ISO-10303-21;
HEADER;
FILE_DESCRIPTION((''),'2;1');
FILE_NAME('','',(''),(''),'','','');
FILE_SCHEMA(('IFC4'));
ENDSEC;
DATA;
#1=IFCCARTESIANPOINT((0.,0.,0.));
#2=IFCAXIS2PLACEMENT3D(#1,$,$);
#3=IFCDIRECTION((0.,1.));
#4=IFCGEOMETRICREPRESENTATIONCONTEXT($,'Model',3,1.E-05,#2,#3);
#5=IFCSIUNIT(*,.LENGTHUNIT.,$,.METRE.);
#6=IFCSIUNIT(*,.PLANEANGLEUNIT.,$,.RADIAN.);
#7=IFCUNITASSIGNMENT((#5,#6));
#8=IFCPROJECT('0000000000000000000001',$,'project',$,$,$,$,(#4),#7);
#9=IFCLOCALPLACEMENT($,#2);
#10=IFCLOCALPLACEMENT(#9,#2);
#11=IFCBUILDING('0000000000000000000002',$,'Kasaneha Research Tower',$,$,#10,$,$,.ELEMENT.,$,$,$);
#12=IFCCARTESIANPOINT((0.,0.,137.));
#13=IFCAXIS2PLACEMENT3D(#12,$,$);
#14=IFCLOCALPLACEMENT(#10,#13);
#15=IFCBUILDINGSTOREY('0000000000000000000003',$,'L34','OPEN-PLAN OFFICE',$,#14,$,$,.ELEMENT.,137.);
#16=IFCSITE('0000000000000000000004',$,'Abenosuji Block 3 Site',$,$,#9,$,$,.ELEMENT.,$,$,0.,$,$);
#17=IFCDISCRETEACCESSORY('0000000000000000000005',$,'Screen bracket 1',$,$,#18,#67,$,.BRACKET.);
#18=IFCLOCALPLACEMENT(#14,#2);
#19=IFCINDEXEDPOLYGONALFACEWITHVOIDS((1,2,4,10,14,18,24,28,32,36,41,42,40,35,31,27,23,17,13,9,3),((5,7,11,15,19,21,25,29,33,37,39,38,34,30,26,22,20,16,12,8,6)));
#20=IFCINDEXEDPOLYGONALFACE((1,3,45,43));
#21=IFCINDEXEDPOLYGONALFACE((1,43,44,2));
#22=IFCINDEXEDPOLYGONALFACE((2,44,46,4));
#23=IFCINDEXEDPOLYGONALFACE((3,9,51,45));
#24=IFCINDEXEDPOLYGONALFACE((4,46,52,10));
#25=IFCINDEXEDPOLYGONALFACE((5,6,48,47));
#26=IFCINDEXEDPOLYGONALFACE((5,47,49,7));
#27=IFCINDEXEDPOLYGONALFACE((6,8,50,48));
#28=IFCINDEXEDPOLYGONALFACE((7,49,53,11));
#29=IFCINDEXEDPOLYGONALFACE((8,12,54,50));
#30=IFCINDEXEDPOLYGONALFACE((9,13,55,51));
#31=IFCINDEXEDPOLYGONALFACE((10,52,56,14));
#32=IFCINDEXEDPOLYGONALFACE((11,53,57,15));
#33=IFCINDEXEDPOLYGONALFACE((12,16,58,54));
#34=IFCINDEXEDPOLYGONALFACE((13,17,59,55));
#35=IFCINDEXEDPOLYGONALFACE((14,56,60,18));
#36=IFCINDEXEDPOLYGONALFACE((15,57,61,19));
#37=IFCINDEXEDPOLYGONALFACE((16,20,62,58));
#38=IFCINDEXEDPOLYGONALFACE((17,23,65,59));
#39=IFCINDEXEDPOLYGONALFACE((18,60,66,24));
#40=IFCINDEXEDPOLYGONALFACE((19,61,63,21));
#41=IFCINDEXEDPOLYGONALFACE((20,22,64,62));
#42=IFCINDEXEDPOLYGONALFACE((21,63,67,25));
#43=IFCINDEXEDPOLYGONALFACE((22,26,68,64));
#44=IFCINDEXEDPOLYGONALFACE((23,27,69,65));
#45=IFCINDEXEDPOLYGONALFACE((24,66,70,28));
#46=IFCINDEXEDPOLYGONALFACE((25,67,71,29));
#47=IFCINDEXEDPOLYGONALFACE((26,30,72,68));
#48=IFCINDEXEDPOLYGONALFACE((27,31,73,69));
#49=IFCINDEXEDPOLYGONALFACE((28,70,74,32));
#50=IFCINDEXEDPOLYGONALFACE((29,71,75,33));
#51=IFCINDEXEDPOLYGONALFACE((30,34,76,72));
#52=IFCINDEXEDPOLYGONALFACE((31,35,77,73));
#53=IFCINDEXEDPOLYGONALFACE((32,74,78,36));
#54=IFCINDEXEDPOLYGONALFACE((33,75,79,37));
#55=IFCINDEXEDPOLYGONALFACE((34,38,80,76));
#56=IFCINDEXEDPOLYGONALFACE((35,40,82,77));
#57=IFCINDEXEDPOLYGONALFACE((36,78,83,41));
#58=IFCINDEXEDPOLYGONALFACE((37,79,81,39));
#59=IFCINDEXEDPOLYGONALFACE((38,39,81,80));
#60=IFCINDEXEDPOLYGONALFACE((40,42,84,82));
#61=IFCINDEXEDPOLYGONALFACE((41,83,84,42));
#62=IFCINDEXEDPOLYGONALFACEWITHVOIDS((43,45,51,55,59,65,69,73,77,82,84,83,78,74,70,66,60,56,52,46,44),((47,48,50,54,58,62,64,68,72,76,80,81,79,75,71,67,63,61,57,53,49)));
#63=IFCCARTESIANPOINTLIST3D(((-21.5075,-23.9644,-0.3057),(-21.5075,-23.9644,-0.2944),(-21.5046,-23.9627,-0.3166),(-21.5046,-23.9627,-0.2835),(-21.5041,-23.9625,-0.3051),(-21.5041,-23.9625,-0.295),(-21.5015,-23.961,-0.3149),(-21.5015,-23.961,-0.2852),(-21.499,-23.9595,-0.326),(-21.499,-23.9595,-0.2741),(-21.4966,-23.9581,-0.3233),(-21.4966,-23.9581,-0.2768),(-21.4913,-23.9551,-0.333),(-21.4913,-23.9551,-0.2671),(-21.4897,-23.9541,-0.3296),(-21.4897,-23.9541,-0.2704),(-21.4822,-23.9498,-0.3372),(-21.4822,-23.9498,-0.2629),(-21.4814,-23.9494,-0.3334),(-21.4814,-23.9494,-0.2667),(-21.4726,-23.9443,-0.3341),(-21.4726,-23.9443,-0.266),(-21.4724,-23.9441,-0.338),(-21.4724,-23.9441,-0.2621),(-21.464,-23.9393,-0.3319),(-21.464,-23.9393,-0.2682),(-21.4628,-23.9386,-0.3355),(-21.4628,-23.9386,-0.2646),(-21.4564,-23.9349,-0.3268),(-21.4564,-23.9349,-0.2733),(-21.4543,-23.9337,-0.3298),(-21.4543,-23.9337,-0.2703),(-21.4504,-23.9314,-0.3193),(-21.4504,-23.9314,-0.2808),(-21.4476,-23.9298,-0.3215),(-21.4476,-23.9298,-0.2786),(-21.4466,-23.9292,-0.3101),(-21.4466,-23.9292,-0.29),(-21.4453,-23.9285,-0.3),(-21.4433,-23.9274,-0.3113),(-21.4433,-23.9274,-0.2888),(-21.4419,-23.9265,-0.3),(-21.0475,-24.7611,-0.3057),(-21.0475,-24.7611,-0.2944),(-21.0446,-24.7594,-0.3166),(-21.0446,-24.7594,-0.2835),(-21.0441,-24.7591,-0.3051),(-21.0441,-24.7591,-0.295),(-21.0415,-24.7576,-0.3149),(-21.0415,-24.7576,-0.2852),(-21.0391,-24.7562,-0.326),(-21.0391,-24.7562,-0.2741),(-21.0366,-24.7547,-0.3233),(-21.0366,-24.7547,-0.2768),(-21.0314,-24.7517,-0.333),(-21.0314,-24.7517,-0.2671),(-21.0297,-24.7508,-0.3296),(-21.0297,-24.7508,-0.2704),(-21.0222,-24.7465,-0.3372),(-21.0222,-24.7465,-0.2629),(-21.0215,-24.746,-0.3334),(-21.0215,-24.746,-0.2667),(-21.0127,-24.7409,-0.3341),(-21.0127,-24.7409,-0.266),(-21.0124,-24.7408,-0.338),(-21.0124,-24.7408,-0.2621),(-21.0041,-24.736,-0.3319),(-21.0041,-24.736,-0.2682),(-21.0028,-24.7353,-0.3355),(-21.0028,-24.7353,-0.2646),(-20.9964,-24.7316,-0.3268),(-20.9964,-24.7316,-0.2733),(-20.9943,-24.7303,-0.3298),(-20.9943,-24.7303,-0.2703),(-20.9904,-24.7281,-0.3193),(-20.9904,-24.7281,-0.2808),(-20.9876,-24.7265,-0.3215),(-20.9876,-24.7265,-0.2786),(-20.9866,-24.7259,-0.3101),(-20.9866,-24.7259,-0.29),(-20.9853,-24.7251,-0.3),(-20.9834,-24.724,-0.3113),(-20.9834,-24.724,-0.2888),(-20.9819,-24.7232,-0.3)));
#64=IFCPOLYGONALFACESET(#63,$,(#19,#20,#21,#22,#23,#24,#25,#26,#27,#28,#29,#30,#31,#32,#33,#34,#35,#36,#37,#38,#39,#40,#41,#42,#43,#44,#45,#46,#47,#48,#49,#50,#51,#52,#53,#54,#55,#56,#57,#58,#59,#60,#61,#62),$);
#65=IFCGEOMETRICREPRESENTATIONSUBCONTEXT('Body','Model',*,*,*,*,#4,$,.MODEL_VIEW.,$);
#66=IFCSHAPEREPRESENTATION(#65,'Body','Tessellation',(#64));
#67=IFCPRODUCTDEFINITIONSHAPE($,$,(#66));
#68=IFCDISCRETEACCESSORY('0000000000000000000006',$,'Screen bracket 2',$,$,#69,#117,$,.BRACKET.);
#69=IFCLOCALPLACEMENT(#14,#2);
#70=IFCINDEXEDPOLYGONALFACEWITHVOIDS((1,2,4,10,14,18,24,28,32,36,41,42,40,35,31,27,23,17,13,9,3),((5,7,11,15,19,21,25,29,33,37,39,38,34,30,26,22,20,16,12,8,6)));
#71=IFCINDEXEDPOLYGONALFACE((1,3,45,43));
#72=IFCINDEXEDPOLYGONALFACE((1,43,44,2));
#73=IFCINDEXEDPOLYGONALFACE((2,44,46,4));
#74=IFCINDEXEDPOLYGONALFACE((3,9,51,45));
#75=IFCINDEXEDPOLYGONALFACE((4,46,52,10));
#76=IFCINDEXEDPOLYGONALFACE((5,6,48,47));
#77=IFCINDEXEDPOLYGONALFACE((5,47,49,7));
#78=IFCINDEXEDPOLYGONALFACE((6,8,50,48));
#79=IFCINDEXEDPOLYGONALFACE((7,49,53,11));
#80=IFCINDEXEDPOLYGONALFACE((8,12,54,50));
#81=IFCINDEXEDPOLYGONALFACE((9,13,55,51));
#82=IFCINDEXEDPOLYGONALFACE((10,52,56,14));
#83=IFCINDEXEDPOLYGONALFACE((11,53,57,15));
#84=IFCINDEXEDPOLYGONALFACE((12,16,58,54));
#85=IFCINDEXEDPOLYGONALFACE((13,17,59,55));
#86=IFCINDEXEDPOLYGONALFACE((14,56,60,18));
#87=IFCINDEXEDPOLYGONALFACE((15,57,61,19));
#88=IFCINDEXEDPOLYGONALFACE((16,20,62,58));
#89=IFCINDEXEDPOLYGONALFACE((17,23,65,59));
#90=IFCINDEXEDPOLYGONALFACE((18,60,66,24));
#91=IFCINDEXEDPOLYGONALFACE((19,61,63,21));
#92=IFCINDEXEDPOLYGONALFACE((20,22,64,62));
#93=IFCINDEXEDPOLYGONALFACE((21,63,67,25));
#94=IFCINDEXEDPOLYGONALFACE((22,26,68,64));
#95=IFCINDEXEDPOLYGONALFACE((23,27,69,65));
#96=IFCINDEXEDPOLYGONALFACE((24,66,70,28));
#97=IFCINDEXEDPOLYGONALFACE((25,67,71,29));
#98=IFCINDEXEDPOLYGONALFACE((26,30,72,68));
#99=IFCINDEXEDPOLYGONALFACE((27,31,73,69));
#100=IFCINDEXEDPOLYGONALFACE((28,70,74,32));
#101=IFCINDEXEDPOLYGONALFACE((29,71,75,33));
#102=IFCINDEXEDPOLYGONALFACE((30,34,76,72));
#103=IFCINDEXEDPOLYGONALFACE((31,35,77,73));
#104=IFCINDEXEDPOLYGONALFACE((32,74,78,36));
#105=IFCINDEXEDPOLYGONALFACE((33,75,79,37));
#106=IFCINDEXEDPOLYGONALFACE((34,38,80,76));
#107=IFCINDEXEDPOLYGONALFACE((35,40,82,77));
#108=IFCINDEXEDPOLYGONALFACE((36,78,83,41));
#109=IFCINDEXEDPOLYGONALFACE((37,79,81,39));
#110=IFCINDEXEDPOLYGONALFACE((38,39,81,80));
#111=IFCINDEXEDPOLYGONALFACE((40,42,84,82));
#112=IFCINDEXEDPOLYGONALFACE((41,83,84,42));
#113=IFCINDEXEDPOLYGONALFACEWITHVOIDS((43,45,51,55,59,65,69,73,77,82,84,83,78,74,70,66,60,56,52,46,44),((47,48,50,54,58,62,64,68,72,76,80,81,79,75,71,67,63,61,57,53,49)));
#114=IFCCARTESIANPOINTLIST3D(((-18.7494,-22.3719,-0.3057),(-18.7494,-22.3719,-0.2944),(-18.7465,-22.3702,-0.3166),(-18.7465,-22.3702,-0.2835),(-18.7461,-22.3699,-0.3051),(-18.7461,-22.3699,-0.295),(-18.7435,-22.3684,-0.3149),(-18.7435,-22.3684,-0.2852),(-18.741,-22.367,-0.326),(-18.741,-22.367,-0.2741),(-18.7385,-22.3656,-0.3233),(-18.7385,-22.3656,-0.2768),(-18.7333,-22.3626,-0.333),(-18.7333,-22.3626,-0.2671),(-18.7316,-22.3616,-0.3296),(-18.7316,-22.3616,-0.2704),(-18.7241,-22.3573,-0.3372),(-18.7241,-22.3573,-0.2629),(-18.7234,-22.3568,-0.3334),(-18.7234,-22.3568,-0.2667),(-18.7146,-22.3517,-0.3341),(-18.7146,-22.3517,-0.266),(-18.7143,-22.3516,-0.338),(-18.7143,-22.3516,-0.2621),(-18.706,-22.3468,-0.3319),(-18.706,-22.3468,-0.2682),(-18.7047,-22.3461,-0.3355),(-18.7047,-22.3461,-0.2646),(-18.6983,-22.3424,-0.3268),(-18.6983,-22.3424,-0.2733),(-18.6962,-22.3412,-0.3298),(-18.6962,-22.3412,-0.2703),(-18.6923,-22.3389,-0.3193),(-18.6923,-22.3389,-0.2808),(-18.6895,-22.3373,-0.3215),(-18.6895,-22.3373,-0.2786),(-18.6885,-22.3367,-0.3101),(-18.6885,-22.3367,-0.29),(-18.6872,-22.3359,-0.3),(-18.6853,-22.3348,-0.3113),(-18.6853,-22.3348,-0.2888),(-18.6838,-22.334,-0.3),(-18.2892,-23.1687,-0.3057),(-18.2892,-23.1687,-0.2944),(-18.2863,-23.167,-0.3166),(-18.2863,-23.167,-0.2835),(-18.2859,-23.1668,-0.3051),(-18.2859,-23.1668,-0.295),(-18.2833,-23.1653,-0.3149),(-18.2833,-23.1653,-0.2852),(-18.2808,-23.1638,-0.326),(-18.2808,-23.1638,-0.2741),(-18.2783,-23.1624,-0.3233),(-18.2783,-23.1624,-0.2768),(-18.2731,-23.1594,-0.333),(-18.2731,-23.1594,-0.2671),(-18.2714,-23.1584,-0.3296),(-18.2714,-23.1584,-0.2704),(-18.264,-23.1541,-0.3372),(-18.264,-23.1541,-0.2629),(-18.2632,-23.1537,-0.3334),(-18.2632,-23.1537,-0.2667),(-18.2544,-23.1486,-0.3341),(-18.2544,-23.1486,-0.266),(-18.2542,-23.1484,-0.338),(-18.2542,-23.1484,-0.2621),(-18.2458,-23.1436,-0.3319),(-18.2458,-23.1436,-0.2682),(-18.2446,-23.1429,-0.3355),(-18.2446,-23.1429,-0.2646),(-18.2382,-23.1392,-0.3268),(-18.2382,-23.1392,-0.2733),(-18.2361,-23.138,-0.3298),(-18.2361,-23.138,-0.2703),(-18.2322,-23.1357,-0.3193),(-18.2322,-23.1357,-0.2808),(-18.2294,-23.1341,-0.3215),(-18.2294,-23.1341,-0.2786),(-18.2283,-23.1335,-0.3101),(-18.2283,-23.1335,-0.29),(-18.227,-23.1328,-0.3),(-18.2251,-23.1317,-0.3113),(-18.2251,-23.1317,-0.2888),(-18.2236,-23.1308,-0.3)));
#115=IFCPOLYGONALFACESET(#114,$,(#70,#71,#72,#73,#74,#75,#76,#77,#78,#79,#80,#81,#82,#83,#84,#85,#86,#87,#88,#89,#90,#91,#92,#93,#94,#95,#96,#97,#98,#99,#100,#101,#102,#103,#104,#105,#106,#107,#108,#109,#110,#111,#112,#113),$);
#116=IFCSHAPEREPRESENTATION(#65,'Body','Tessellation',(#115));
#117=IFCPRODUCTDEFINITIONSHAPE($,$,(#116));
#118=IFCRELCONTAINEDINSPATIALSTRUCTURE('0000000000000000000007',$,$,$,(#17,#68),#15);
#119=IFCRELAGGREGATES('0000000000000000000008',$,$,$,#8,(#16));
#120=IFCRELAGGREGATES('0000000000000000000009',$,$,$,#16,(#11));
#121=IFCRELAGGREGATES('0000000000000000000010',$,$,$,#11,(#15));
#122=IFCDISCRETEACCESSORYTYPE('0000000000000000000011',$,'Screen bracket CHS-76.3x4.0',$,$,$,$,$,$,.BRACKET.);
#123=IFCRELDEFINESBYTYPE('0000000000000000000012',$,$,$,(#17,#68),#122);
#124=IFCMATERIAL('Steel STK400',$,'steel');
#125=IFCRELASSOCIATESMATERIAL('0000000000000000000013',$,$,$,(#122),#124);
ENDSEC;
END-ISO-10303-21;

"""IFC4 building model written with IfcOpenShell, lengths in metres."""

from ifc_helpers import new_model, si_unit, direction, frame, origin, origin_2d, place, context, subcontext, project, spatial, hollow_circle, extrude, material, material_profile, profile_set, type_object, element, save


model = new_model("IFC4")

# Units and contexts
model_context = context("Model", 3, precision=1e-05, world=origin(), true_north=direction((0.0, 1.0)))
body_context = subcontext(model_context, "Body", "Model", "MODEL_VIEW")
ifc_project = project(units=[si_unit("LENGTHUNIT", "METRE"), si_unit("PLANEANGLEUNIT", "RADIAN")], contexts=[model_context])

# Site, building, storey
site_placement = place(None, origin())
site = spatial("IfcSite", under=ifc_project, at=site_placement, Name="Abenosuji Block 3 Site", CompositionType="ELEMENT", RefElevation=0.0)
building_placement = place(site_placement, origin())
building = spatial("IfcBuilding", under=site, at=building_placement, Name="Kasaneha Research Tower", CompositionType="ELEMENT")
storey_placement = place(building_placement, frame((0.0, 0.0, 137.0)))
storey = spatial("IfcBuildingStorey", under=building, at=storey_placement, Name="L34", Description="OPEN-PLAN OFFICE", CompositionType="ELEMENT", Elevation=137.0)

# Discrete accessories
ifc_material_1 = material(Name="Steel STK400", Category="steel")
ifc_material_profile_1 = material_profile(ifc_material_1, hollow_circle(Radius=0.0381, WallThickness=0.0039, at=origin_2d()), Name="CHS-76.3x4.0")
ifc_profile_set_1 = profile_set([ifc_material_profile_1], Name="Steel STK400")
discrete_accessory_type = type_object("IfcDiscreteAccessoryType", Name="Screen bracket CHS-76.3x4.0", PredefinedType="BRACKET", material=ifc_profile_set_1)
discrete_accessory_1_placement = place(storey_placement, frame((-21.4749, -23.9456, -0.3), z_axis=(0.500021, -0.866013, 0.0), x_axis=(0.866013, 0.500021, 0.0)))
element("IfcDiscreteAccessory", 1, at=discrete_accessory_1_placement, inside=storey, type_object=discrete_accessory_type, Name="Screen bracket 1", PredefinedType="BRACKET", context=body_context, shape_type="SweptSolid", body=[
    extrude(hollow_circle(Radius=0.0381, WallThickness=0.0039, at=origin_2d()), origin(), (0.0, 0.0, 1.0), 0.9199),
])
discrete_accessory_2_placement = place(storey_placement, frame((-18.7168, -22.353, -0.3), z_axis=(0.500105, -0.865965, 0.0), x_axis=(0.865965, 0.500105, 0.0)))
element("IfcDiscreteAccessory", 2, at=discrete_accessory_2_placement, inside=storey, type_object=discrete_accessory_type, Name="Screen bracket 2", PredefinedType="BRACKET", context=body_context, shape_type="SweptSolid", body=[
    extrude(hollow_circle(Radius=0.0381, WallThickness=0.0039, at=origin_2d()), origin(), (0.0, 0.0, 1.0), 0.9202),
])

save(model, "model.ifc")
